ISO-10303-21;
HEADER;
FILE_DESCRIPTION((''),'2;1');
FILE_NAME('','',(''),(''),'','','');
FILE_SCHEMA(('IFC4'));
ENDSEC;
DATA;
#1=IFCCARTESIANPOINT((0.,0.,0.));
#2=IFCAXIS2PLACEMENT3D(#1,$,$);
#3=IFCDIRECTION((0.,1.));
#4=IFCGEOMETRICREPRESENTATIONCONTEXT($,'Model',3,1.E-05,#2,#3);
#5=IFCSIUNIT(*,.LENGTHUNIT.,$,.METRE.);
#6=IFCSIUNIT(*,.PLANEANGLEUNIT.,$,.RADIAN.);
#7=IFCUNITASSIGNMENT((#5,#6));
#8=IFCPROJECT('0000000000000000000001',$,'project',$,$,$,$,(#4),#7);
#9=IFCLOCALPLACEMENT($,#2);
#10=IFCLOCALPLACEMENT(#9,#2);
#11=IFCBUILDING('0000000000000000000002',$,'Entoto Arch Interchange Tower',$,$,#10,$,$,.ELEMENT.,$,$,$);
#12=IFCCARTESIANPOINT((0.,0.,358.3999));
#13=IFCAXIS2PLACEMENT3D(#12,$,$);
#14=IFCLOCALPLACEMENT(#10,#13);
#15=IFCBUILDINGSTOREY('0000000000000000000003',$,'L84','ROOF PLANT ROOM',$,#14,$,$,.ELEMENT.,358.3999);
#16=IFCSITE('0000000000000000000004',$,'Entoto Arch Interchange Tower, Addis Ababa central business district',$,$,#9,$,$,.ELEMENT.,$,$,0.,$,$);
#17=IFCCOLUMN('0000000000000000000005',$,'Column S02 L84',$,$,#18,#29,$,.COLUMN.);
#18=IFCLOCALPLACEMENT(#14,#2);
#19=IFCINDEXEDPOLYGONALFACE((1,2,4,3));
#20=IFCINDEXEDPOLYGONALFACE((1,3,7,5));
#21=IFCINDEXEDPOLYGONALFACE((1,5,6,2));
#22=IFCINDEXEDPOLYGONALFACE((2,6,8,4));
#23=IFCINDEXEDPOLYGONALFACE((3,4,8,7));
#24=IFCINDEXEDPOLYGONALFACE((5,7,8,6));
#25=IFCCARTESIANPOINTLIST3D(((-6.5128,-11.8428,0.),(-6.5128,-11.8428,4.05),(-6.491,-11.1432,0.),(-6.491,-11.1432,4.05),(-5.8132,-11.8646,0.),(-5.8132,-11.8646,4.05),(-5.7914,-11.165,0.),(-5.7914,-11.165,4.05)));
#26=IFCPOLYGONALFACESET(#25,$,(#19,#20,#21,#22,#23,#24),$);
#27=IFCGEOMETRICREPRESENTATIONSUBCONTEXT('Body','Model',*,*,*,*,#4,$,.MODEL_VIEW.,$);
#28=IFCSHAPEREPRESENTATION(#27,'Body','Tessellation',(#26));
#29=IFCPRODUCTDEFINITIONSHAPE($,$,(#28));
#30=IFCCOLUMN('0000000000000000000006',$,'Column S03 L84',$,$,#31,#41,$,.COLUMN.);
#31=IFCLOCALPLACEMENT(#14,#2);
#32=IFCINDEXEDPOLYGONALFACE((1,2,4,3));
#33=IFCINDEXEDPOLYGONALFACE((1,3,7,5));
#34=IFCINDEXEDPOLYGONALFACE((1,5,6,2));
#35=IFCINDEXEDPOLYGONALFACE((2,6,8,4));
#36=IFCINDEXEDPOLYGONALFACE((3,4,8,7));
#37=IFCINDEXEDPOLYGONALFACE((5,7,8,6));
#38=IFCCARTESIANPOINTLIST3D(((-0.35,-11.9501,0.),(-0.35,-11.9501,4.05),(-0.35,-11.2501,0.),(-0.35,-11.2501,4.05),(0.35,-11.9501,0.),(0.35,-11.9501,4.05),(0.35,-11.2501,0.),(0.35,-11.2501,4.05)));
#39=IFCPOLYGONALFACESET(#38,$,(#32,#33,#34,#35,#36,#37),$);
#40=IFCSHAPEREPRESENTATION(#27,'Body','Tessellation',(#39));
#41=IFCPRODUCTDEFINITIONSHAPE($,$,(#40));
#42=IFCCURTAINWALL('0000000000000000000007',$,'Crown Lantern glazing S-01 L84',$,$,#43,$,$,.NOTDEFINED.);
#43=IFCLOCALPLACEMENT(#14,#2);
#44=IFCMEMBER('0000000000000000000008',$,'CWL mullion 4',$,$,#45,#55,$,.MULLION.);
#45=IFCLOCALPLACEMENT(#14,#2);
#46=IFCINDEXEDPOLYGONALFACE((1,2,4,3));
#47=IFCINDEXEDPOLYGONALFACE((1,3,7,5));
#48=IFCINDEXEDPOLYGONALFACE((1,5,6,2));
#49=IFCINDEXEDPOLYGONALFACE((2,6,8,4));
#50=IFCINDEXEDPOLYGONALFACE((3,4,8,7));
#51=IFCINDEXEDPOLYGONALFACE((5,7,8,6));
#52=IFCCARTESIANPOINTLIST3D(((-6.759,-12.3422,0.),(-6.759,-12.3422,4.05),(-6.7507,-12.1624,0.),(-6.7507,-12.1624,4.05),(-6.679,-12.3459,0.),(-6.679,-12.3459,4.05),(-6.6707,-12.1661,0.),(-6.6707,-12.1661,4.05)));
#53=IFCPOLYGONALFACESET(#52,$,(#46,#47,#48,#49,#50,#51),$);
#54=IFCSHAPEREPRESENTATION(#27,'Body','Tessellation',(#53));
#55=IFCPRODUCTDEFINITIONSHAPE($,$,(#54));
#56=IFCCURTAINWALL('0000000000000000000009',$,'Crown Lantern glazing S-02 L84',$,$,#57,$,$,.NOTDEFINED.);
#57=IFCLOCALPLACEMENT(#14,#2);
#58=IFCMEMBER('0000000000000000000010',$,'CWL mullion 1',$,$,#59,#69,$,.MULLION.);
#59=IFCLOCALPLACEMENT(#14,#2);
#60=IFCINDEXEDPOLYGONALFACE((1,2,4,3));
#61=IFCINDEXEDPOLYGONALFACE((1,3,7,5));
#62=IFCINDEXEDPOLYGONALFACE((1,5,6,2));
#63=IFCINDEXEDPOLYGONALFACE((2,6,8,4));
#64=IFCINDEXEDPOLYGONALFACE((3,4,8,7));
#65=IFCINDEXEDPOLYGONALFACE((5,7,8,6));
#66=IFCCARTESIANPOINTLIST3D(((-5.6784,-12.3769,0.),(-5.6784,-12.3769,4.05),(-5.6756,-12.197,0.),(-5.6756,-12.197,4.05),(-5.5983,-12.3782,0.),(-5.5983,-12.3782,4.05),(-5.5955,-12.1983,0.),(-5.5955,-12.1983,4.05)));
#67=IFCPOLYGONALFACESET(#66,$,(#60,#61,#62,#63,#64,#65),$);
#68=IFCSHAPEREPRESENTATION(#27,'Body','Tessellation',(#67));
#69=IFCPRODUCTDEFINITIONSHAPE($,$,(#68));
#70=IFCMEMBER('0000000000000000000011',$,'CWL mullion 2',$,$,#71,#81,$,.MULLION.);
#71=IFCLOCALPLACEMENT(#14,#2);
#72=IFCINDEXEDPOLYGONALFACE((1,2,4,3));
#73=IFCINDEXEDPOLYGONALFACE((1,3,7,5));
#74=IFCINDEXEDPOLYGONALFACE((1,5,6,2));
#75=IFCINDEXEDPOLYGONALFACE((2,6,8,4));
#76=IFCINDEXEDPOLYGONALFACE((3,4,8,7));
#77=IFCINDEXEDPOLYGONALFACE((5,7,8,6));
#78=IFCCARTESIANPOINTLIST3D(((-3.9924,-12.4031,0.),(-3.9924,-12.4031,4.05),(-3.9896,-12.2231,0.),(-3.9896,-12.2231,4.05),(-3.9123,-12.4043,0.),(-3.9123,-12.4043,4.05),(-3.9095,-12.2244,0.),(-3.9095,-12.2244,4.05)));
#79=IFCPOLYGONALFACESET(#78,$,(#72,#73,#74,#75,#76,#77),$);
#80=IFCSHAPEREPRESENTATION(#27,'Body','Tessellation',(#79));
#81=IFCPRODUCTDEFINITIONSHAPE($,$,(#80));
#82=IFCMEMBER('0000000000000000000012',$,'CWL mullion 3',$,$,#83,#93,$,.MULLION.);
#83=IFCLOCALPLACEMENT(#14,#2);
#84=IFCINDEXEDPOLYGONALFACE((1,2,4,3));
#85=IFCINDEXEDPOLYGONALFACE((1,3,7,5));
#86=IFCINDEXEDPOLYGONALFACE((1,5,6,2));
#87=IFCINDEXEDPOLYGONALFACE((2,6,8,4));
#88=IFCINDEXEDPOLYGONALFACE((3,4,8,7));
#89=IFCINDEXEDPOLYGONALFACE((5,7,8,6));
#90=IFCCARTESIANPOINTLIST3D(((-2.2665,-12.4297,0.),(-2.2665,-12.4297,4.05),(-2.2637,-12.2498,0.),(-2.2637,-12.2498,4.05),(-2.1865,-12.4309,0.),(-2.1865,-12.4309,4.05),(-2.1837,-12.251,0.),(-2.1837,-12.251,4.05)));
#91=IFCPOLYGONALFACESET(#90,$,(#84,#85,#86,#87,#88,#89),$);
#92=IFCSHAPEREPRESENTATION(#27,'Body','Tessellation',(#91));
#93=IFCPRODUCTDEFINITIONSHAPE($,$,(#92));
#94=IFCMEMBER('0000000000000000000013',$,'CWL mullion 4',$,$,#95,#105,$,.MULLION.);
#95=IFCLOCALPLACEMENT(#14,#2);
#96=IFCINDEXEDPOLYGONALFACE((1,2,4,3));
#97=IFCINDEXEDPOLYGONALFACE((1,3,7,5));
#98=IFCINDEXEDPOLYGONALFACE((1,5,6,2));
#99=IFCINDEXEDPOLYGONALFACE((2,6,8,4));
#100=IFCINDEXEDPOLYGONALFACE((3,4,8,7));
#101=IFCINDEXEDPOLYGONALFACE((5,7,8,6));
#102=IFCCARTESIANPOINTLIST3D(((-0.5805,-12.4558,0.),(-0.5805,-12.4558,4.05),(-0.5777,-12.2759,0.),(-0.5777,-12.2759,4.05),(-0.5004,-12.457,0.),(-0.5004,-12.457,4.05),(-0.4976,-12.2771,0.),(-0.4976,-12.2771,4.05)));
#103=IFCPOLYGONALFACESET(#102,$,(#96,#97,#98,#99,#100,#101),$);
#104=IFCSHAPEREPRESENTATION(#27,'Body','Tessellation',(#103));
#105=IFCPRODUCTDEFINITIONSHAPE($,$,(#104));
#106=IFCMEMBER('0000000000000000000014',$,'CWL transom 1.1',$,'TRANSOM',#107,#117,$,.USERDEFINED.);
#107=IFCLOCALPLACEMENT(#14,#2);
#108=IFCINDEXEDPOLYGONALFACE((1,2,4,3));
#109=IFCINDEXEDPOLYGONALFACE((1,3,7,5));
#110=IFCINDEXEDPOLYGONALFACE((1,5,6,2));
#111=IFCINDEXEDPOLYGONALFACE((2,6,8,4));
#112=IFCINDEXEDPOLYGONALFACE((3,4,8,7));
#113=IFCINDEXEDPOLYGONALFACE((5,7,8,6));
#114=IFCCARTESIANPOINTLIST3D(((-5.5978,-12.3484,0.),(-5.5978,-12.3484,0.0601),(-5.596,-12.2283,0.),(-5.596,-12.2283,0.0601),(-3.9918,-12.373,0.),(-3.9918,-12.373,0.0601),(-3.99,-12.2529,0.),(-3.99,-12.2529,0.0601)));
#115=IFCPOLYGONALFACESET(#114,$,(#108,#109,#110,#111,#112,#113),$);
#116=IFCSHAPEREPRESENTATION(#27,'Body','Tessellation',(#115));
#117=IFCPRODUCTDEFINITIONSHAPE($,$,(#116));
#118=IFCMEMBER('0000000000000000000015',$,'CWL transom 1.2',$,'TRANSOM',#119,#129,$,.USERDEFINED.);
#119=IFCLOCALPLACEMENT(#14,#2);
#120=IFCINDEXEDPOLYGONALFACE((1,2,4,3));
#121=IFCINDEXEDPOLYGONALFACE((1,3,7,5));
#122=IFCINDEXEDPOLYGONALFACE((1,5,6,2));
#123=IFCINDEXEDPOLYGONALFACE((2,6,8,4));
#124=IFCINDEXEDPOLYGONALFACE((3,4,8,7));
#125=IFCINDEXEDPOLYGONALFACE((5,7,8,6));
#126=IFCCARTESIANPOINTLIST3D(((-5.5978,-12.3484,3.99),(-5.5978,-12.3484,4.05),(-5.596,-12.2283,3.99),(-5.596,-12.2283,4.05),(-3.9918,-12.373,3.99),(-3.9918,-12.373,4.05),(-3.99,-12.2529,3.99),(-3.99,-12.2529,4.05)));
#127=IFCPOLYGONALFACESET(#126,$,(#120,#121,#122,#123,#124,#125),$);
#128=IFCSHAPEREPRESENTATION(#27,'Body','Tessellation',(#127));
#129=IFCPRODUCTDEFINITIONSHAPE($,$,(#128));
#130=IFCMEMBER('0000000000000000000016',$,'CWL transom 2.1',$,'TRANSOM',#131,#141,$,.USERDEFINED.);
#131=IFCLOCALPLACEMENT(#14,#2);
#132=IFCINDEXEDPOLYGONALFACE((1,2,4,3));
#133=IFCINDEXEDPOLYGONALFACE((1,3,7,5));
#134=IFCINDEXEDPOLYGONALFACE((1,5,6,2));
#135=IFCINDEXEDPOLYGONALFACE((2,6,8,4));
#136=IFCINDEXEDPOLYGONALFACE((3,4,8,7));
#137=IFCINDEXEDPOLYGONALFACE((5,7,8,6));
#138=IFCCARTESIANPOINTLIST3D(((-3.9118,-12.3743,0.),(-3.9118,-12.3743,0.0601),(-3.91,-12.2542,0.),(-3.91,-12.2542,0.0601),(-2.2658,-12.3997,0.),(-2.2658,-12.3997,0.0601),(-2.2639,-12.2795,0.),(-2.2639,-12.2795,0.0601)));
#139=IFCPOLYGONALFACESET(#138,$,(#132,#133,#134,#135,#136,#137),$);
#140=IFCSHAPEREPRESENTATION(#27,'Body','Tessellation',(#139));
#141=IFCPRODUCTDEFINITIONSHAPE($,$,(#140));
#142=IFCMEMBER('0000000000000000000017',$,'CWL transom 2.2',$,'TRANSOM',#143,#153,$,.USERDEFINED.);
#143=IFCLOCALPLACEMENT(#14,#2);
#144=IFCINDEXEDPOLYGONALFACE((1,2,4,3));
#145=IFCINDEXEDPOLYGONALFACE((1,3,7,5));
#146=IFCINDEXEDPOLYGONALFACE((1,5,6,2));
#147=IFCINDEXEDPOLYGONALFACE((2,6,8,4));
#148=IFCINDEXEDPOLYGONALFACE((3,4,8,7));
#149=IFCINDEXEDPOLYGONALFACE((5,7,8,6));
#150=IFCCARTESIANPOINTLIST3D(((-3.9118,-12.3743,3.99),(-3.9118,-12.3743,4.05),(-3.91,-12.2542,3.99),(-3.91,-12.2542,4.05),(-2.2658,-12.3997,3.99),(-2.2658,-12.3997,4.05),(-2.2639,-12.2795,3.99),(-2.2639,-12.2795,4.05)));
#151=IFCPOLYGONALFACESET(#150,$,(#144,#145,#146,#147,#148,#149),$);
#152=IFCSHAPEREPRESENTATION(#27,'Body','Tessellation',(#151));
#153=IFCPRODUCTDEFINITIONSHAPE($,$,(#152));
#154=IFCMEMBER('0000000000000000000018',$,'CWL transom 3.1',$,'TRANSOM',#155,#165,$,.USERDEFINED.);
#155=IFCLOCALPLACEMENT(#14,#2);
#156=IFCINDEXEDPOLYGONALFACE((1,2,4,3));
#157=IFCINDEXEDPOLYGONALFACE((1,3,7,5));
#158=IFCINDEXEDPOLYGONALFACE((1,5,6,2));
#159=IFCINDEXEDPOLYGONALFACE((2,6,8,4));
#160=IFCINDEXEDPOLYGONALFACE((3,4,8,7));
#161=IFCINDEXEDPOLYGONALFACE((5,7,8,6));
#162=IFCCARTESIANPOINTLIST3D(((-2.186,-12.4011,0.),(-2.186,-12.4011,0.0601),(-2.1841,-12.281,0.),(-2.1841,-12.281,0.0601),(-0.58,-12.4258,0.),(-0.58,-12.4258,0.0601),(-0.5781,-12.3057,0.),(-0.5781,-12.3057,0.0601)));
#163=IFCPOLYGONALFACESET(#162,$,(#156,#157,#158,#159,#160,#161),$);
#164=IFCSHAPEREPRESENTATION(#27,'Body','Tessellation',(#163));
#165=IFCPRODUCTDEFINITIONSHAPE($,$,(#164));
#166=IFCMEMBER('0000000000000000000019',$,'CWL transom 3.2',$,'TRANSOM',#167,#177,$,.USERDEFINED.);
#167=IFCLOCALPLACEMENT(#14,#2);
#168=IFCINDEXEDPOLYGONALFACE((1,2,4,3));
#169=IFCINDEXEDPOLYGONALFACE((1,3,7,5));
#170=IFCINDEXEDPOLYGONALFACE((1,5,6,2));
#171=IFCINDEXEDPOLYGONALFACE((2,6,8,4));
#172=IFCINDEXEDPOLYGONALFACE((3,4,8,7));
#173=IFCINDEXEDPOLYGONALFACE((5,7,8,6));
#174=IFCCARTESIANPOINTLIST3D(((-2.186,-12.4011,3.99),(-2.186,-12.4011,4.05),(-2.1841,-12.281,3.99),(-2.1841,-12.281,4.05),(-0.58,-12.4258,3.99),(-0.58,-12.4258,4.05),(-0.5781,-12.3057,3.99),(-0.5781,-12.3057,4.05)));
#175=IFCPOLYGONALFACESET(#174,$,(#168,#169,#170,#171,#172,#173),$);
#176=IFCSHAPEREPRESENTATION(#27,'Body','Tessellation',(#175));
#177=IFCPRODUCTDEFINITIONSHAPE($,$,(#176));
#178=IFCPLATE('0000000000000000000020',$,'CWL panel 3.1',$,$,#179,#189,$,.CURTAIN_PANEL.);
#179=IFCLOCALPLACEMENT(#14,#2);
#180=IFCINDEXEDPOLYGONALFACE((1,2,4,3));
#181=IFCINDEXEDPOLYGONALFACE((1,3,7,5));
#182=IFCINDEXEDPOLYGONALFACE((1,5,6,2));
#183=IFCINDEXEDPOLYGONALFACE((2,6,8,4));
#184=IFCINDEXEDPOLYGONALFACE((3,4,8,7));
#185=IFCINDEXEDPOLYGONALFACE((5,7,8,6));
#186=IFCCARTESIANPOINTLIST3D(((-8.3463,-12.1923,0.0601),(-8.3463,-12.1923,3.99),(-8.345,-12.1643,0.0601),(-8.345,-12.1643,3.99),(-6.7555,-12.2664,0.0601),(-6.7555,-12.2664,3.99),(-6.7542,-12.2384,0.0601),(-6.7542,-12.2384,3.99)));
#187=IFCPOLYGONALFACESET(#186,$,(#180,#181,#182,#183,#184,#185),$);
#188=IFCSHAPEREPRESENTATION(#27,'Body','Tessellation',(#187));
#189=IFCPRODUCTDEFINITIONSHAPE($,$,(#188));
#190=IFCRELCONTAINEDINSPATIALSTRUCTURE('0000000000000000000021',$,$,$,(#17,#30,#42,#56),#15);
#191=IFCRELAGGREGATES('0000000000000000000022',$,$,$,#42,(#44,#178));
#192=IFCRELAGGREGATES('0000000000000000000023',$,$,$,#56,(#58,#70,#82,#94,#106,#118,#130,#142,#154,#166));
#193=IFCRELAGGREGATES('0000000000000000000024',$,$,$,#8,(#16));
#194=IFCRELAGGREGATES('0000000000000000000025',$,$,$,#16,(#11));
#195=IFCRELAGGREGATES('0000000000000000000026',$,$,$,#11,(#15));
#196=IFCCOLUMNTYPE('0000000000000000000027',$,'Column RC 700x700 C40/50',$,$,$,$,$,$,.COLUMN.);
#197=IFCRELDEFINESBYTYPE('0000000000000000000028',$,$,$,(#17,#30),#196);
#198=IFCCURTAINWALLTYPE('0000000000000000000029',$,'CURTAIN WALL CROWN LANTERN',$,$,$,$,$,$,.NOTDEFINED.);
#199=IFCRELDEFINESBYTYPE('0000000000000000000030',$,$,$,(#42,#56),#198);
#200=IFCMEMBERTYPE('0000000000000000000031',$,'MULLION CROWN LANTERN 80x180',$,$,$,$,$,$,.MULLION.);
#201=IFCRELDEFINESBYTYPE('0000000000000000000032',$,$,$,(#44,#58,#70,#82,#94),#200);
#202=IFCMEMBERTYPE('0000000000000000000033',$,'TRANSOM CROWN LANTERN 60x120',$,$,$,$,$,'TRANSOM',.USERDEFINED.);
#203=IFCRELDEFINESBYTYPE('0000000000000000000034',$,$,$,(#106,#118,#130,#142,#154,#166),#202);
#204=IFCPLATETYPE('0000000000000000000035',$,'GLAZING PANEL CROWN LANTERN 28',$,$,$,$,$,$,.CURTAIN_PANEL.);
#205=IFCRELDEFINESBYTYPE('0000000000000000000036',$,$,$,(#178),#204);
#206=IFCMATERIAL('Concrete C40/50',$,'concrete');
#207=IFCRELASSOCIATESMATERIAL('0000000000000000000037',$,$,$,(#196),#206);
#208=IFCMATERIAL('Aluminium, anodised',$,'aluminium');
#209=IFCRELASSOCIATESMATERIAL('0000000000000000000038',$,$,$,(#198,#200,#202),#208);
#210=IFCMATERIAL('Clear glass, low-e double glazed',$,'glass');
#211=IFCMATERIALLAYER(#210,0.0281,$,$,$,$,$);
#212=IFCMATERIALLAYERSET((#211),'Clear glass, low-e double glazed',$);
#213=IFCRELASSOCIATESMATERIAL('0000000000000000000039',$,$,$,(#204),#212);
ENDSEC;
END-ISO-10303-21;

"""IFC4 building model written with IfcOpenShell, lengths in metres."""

from ifc_helpers import new_model, si_unit, direction, frame, origin, origin_2d, place, context, subcontext, project, spatial, rectangle, extrude, material, layer, layer_set, material_profile, profile_set, type_object, element, aggregate, save


model = new_model("IFC4")

# Units and contexts
model_context = context("Model", 3, precision=1e-05, world=origin(), true_north=direction((0.0, 1.0)))
body_context = subcontext(model_context, "Body", "Model", "MODEL_VIEW")
ifc_project = project(units=[si_unit("LENGTHUNIT", "METRE"), si_unit("PLANEANGLEUNIT", "RADIAN")], contexts=[model_context])

# Site, building, storey
site_placement = place(None, origin())
site = spatial("IfcSite", under=ifc_project, at=site_placement, Name="Entoto Arch Interchange Tower, Addis Ababa central business district", CompositionType="ELEMENT", RefElevation=0.0)
building_placement = place(site_placement, origin())
building = spatial("IfcBuilding", under=site, at=building_placement, Name="Entoto Arch Interchange Tower", CompositionType="ELEMENT")
storey_placement = place(building_placement, frame((0.0, 0.0, 358.3999)))
storey = spatial("IfcBuildingStorey", under=building, at=storey_placement, Name="L84", Description="ROOF PLANT ROOM", CompositionType="ELEMENT", Elevation=358.3999)

# Columns
ifc_material_1 = material(Name="Concrete C40/50", Category="concrete")
ifc_material_profile_1 = material_profile(ifc_material_1, rectangle(XDim=0.7, YDim=0.7, at=origin_2d()))
ifc_profile_set_1 = profile_set([ifc_material_profile_1], Name="Concrete C40/50")
column_type = type_object("IfcColumnType", Name="Column RC 700x700 C40/50", PredefinedType="COLUMN", material=ifc_profile_set_1)
for number, where, z_axis, x_axis, name in (
    (1, (-6.1521, -11.5039, 0.0), (0.0, 0.0, 1.0), (-0.999517, 0.031079, 0.0), "Column S02 L84"),
    (2, (0.0, -11.6001, 0.0), (0.0, 0.0, 1.0), (1.0, 0.0, 0.0), "Column S03 L84"),
):
    element("IfcColumn", number, at=place(storey_placement, frame(where, z_axis=z_axis, x_axis=x_axis)), inside=storey, type_object=column_type, Name=name, PredefinedType="COLUMN", context=body_context, shape_type="SweptSolid", body=[
        extrude(rectangle(XDim=0.7, YDim=0.7, at=origin_2d()), origin(), (0.0, 0.0, 1.0), 4.05),
    ])

# Curtain wall, member
ifc_material_2 = material(Name="Aluminium, anodised", Category="aluminium")
curtain_wall_type = type_object("IfcCurtainWallType", Name="CURTAIN WALL CROWN LANTERN", PredefinedType="NOTDEFINED", material=ifc_material_2)
curtain_wall_1_placement = place(storey_placement, origin())
curtain_wall_1 = element("IfcCurtainWall", 3, at=curtain_wall_1_placement, inside=storey, type_object=curtain_wall_type, Name="Crown Lantern glazing S-01 L84", PredefinedType="NOTDEFINED")
ifc_material_profile_2 = material_profile(ifc_material_2, rectangle(XDim=0.1799, YDim=0.0801, at=origin_2d()))
ifc_profile_set_2 = profile_set([ifc_material_profile_2], Name="Aluminium, anodised")
member_type_1 = type_object("IfcMemberType", Name="MULLION CROWN LANTERN 80x180", PredefinedType="MULLION", material=ifc_profile_set_2)
member_1_placement = place(storey_placement, frame((-6.7148, -12.2542, 0.0), z_axis=(0.0, 0.0, 1.0), x_axis=(0.04652, 0.998917, 0.0)))
member_1 = element("IfcMember", 4, at=member_1_placement, type_object=member_type_1, Name="CWL mullion 4", PredefinedType="MULLION", context=body_context, shape_type="SweptSolid", body=[
    extrude(rectangle(XDim=0.1799, YDim=0.0801, at=origin_2d()), origin(), (0.0, 0.0, 1.0), 4.05),
])

# Curtain wall, members
curtain_wall_2_placement = place(storey_placement, origin())
curtain_wall_2 = element("IfcCurtainWall", 5, at=curtain_wall_2_placement, inside=storey, type_object=curtain_wall_type, Name="Crown Lantern glazing S-02 L84", PredefinedType="NOTDEFINED")
member_2_placement = place(storey_placement, frame((-5.637, -12.2876, 0.0), z_axis=(0.0, 0.0, 1.0), x_axis=(0.015448, 0.999881, 0.0)))
member_2 = element("IfcMember", 6, at=member_2_placement, type_object=member_type_1, Name="CWL mullion 1", PredefinedType="MULLION", context=body_context, shape_type="SweptSolid", body=[
    extrude(rectangle(XDim=0.1799, YDim=0.0801, at=origin_2d()), origin(), (0.0, 0.0, 1.0), 4.05),
])
member_3_placement = place(storey_placement, frame((-3.9509, -12.3137, 0.0), z_axis=(0.0, 0.0, 1.0), x_axis=(0.015448, 0.999881, 0.0)))
member_3 = element("IfcMember", 7, at=member_3_placement, type_object=member_type_1, Name="CWL mullion 2", PredefinedType="MULLION", context=body_context, shape_type="SweptSolid", body=[
    extrude(rectangle(XDim=0.1799, YDim=0.0801, at=origin_2d()), origin(), (0.0, 0.0, 1.0), 4.05),
])
member_4_placement = place(storey_placement, frame((-2.2251, -12.3403, 0.0), z_axis=(0.0, 0.0, 1.0), x_axis=(0.015448, 0.999881, 0.0)))
member_4 = element("IfcMember", 8, at=member_4_placement, type_object=member_type_1, Name="CWL mullion 3", PredefinedType="MULLION", context=body_context, shape_type="SweptSolid", body=[
    extrude(rectangle(XDim=0.1799, YDim=0.0801, at=origin_2d()), origin(), (0.0, 0.0, 1.0), 4.05),
])
member_5_placement = place(storey_placement, frame((-0.5391, -12.3665, 0.0), z_axis=(0.0, 0.0, 1.0), x_axis=(0.015448, 0.999881, 0.0)))
member_5 = element("IfcMember", 9, at=member_5_placement, type_object=member_type_1, Name="CWL mullion 4", PredefinedType="MULLION", context=body_context, shape_type="SweptSolid", body=[
    extrude(rectangle(XDim=0.1799, YDim=0.0801, at=origin_2d()), origin(), (0.0, 0.0, 1.0), 4.05),
])
ifc_material_profile_3 = material_profile(ifc_material_2, rectangle(XDim=0.1201, YDim=0.0601, at=origin_2d()))
ifc_profile_set_3 = profile_set([ifc_material_profile_3], Name="Aluminium, anodised")
member_type_2 = type_object("IfcMemberType", Name="TRANSOM CROWN LANTERN 60x120", ElementType="TRANSOM", PredefinedType="USERDEFINED", material=ifc_profile_set_3)
member_6_placement = place(storey_placement, frame((-5.5969, -12.2883, 0.03), z_axis=(0.999882, -0.015352, 0.0), x_axis=(0.015352, 0.999882, 0.0)))
member_6 = element("IfcMember", 10, at=member_6_placement, type_object=member_type_2, Name="CWL transom 1.1", ObjectType="TRANSOM", PredefinedType="USERDEFINED", context=body_context, shape_type="SweptSolid", body=[
    extrude(rectangle(XDim=0.1201, YDim=0.0601, at=origin_2d()), origin(), (0.0, 0.0, 1.0), 1.6062),
])
member_7_placement = place(storey_placement, frame((-5.5969, -12.2883, 4.02), z_axis=(0.999882, -0.015352, 0.0), x_axis=(0.015352, 0.999882, 0.0)))
member_7 = element("IfcMember", 11, at=member_7_placement, type_object=member_type_2, Name="CWL transom 1.2", ObjectType="TRANSOM", PredefinedType="USERDEFINED", context=body_context, shape_type="SweptSolid", body=[
    extrude(rectangle(XDim=0.1201, YDim=0.0601, at=origin_2d()), origin(), (0.0, 0.0, 1.0), 1.6062),
])
member_8_placement = place(storey_placement, frame((-3.9109, -12.3142, 0.03), z_axis=(0.999881, -0.015424, 0.0), x_axis=(0.015424, 0.999881, 0.0)))
member_8 = element("IfcMember", 12, at=member_8_placement, type_object=member_type_2, Name="CWL transom 2.1", ObjectType="TRANSOM", PredefinedType="USERDEFINED", context=body_context, shape_type="SweptSolid", body=[
    extrude(rectangle(XDim=0.1201, YDim=0.0601, at=origin_2d()), origin(), (0.0, 0.0, 1.0), 1.6462),
])
member_9_placement = place(storey_placement, frame((-3.9109, -12.3142, 4.02), z_axis=(0.999881, -0.015424, 0.0), x_axis=(0.015424, 0.999881, 0.0)))
member_9 = element("IfcMember", 13, at=member_9_placement, type_object=member_type_2, Name="CWL transom 2.2", ObjectType="TRANSOM", PredefinedType="USERDEFINED", context=body_context, shape_type="SweptSolid", body=[
    extrude(rectangle(XDim=0.1201, YDim=0.0601, at=origin_2d()), origin(), (0.0, 0.0, 1.0), 1.6462),
])
member_10_placement = place(storey_placement, frame((-2.1851, -12.3411, 0.03), z_axis=(0.999882, -0.015352, 0.0), x_axis=(0.015352, 0.999882, 0.0)))
member_10 = element("IfcMember", 14, at=member_10_placement, type_object=member_type_2, Name="CWL transom 3.1", ObjectType="TRANSOM", PredefinedType="USERDEFINED", context=body_context, shape_type="SweptSolid", body=[
    extrude(rectangle(XDim=0.1201, YDim=0.0601, at=origin_2d()), origin(), (0.0, 0.0, 1.0), 1.6062),
])
member_11_placement = place(storey_placement, frame((-2.1851, -12.3411, 4.02), z_axis=(0.999882, -0.015352, 0.0), x_axis=(0.015352, 0.999882, 0.0)))
member_11 = element("IfcMember", 15, at=member_11_placement, type_object=member_type_2, Name="CWL transom 3.2", ObjectType="TRANSOM", PredefinedType="USERDEFINED", context=body_context, shape_type="SweptSolid", body=[
    extrude(rectangle(XDim=0.1201, YDim=0.0601, at=origin_2d()), origin(), (0.0, 0.0, 1.0), 1.6062),
])

# Plate
ifc_material_3 = material(Name="Clear glass, low-e double glazed", Category="glass")
ifc_layer_1 = layer(ifc_material_3, 0.0281)
ifc_layer_set_1 = layer_set([ifc_layer_1], Name="Clear glass, low-e double glazed")
plate_type = type_object("IfcPlateType", Name="GLAZING PANEL CROWN LANTERN 28", PredefinedType="CURTAIN_PANEL", material=ifc_layer_set_1)
plate_1_placement = place(storey_placement, frame((-7.5503, -12.2153, 0.0601), z_axis=(0.0, 0.0, 1.0), x_axis=(0.998917, -0.04652, 0.0)))
plate_1 = element("IfcPlate", 16, at=plate_1_placement, type_object=plate_type, Name="CWL panel 3.1", PredefinedType="CURTAIN_PANEL", context=body_context, shape_type="SweptSolid", body=[
    extrude(rectangle(XDim=1.5925, YDim=0.0281, at=origin_2d()), origin(), (0.0, 0.0, 1.0), 3.9299),
])
aggregate(curtain_wall_1, [member_1, plate_1])
aggregate(curtain_wall_2, [member_2, member_3, member_4, member_5, member_6, member_7, member_8, member_9, member_10, member_11])

save(model, "model.ifc")
